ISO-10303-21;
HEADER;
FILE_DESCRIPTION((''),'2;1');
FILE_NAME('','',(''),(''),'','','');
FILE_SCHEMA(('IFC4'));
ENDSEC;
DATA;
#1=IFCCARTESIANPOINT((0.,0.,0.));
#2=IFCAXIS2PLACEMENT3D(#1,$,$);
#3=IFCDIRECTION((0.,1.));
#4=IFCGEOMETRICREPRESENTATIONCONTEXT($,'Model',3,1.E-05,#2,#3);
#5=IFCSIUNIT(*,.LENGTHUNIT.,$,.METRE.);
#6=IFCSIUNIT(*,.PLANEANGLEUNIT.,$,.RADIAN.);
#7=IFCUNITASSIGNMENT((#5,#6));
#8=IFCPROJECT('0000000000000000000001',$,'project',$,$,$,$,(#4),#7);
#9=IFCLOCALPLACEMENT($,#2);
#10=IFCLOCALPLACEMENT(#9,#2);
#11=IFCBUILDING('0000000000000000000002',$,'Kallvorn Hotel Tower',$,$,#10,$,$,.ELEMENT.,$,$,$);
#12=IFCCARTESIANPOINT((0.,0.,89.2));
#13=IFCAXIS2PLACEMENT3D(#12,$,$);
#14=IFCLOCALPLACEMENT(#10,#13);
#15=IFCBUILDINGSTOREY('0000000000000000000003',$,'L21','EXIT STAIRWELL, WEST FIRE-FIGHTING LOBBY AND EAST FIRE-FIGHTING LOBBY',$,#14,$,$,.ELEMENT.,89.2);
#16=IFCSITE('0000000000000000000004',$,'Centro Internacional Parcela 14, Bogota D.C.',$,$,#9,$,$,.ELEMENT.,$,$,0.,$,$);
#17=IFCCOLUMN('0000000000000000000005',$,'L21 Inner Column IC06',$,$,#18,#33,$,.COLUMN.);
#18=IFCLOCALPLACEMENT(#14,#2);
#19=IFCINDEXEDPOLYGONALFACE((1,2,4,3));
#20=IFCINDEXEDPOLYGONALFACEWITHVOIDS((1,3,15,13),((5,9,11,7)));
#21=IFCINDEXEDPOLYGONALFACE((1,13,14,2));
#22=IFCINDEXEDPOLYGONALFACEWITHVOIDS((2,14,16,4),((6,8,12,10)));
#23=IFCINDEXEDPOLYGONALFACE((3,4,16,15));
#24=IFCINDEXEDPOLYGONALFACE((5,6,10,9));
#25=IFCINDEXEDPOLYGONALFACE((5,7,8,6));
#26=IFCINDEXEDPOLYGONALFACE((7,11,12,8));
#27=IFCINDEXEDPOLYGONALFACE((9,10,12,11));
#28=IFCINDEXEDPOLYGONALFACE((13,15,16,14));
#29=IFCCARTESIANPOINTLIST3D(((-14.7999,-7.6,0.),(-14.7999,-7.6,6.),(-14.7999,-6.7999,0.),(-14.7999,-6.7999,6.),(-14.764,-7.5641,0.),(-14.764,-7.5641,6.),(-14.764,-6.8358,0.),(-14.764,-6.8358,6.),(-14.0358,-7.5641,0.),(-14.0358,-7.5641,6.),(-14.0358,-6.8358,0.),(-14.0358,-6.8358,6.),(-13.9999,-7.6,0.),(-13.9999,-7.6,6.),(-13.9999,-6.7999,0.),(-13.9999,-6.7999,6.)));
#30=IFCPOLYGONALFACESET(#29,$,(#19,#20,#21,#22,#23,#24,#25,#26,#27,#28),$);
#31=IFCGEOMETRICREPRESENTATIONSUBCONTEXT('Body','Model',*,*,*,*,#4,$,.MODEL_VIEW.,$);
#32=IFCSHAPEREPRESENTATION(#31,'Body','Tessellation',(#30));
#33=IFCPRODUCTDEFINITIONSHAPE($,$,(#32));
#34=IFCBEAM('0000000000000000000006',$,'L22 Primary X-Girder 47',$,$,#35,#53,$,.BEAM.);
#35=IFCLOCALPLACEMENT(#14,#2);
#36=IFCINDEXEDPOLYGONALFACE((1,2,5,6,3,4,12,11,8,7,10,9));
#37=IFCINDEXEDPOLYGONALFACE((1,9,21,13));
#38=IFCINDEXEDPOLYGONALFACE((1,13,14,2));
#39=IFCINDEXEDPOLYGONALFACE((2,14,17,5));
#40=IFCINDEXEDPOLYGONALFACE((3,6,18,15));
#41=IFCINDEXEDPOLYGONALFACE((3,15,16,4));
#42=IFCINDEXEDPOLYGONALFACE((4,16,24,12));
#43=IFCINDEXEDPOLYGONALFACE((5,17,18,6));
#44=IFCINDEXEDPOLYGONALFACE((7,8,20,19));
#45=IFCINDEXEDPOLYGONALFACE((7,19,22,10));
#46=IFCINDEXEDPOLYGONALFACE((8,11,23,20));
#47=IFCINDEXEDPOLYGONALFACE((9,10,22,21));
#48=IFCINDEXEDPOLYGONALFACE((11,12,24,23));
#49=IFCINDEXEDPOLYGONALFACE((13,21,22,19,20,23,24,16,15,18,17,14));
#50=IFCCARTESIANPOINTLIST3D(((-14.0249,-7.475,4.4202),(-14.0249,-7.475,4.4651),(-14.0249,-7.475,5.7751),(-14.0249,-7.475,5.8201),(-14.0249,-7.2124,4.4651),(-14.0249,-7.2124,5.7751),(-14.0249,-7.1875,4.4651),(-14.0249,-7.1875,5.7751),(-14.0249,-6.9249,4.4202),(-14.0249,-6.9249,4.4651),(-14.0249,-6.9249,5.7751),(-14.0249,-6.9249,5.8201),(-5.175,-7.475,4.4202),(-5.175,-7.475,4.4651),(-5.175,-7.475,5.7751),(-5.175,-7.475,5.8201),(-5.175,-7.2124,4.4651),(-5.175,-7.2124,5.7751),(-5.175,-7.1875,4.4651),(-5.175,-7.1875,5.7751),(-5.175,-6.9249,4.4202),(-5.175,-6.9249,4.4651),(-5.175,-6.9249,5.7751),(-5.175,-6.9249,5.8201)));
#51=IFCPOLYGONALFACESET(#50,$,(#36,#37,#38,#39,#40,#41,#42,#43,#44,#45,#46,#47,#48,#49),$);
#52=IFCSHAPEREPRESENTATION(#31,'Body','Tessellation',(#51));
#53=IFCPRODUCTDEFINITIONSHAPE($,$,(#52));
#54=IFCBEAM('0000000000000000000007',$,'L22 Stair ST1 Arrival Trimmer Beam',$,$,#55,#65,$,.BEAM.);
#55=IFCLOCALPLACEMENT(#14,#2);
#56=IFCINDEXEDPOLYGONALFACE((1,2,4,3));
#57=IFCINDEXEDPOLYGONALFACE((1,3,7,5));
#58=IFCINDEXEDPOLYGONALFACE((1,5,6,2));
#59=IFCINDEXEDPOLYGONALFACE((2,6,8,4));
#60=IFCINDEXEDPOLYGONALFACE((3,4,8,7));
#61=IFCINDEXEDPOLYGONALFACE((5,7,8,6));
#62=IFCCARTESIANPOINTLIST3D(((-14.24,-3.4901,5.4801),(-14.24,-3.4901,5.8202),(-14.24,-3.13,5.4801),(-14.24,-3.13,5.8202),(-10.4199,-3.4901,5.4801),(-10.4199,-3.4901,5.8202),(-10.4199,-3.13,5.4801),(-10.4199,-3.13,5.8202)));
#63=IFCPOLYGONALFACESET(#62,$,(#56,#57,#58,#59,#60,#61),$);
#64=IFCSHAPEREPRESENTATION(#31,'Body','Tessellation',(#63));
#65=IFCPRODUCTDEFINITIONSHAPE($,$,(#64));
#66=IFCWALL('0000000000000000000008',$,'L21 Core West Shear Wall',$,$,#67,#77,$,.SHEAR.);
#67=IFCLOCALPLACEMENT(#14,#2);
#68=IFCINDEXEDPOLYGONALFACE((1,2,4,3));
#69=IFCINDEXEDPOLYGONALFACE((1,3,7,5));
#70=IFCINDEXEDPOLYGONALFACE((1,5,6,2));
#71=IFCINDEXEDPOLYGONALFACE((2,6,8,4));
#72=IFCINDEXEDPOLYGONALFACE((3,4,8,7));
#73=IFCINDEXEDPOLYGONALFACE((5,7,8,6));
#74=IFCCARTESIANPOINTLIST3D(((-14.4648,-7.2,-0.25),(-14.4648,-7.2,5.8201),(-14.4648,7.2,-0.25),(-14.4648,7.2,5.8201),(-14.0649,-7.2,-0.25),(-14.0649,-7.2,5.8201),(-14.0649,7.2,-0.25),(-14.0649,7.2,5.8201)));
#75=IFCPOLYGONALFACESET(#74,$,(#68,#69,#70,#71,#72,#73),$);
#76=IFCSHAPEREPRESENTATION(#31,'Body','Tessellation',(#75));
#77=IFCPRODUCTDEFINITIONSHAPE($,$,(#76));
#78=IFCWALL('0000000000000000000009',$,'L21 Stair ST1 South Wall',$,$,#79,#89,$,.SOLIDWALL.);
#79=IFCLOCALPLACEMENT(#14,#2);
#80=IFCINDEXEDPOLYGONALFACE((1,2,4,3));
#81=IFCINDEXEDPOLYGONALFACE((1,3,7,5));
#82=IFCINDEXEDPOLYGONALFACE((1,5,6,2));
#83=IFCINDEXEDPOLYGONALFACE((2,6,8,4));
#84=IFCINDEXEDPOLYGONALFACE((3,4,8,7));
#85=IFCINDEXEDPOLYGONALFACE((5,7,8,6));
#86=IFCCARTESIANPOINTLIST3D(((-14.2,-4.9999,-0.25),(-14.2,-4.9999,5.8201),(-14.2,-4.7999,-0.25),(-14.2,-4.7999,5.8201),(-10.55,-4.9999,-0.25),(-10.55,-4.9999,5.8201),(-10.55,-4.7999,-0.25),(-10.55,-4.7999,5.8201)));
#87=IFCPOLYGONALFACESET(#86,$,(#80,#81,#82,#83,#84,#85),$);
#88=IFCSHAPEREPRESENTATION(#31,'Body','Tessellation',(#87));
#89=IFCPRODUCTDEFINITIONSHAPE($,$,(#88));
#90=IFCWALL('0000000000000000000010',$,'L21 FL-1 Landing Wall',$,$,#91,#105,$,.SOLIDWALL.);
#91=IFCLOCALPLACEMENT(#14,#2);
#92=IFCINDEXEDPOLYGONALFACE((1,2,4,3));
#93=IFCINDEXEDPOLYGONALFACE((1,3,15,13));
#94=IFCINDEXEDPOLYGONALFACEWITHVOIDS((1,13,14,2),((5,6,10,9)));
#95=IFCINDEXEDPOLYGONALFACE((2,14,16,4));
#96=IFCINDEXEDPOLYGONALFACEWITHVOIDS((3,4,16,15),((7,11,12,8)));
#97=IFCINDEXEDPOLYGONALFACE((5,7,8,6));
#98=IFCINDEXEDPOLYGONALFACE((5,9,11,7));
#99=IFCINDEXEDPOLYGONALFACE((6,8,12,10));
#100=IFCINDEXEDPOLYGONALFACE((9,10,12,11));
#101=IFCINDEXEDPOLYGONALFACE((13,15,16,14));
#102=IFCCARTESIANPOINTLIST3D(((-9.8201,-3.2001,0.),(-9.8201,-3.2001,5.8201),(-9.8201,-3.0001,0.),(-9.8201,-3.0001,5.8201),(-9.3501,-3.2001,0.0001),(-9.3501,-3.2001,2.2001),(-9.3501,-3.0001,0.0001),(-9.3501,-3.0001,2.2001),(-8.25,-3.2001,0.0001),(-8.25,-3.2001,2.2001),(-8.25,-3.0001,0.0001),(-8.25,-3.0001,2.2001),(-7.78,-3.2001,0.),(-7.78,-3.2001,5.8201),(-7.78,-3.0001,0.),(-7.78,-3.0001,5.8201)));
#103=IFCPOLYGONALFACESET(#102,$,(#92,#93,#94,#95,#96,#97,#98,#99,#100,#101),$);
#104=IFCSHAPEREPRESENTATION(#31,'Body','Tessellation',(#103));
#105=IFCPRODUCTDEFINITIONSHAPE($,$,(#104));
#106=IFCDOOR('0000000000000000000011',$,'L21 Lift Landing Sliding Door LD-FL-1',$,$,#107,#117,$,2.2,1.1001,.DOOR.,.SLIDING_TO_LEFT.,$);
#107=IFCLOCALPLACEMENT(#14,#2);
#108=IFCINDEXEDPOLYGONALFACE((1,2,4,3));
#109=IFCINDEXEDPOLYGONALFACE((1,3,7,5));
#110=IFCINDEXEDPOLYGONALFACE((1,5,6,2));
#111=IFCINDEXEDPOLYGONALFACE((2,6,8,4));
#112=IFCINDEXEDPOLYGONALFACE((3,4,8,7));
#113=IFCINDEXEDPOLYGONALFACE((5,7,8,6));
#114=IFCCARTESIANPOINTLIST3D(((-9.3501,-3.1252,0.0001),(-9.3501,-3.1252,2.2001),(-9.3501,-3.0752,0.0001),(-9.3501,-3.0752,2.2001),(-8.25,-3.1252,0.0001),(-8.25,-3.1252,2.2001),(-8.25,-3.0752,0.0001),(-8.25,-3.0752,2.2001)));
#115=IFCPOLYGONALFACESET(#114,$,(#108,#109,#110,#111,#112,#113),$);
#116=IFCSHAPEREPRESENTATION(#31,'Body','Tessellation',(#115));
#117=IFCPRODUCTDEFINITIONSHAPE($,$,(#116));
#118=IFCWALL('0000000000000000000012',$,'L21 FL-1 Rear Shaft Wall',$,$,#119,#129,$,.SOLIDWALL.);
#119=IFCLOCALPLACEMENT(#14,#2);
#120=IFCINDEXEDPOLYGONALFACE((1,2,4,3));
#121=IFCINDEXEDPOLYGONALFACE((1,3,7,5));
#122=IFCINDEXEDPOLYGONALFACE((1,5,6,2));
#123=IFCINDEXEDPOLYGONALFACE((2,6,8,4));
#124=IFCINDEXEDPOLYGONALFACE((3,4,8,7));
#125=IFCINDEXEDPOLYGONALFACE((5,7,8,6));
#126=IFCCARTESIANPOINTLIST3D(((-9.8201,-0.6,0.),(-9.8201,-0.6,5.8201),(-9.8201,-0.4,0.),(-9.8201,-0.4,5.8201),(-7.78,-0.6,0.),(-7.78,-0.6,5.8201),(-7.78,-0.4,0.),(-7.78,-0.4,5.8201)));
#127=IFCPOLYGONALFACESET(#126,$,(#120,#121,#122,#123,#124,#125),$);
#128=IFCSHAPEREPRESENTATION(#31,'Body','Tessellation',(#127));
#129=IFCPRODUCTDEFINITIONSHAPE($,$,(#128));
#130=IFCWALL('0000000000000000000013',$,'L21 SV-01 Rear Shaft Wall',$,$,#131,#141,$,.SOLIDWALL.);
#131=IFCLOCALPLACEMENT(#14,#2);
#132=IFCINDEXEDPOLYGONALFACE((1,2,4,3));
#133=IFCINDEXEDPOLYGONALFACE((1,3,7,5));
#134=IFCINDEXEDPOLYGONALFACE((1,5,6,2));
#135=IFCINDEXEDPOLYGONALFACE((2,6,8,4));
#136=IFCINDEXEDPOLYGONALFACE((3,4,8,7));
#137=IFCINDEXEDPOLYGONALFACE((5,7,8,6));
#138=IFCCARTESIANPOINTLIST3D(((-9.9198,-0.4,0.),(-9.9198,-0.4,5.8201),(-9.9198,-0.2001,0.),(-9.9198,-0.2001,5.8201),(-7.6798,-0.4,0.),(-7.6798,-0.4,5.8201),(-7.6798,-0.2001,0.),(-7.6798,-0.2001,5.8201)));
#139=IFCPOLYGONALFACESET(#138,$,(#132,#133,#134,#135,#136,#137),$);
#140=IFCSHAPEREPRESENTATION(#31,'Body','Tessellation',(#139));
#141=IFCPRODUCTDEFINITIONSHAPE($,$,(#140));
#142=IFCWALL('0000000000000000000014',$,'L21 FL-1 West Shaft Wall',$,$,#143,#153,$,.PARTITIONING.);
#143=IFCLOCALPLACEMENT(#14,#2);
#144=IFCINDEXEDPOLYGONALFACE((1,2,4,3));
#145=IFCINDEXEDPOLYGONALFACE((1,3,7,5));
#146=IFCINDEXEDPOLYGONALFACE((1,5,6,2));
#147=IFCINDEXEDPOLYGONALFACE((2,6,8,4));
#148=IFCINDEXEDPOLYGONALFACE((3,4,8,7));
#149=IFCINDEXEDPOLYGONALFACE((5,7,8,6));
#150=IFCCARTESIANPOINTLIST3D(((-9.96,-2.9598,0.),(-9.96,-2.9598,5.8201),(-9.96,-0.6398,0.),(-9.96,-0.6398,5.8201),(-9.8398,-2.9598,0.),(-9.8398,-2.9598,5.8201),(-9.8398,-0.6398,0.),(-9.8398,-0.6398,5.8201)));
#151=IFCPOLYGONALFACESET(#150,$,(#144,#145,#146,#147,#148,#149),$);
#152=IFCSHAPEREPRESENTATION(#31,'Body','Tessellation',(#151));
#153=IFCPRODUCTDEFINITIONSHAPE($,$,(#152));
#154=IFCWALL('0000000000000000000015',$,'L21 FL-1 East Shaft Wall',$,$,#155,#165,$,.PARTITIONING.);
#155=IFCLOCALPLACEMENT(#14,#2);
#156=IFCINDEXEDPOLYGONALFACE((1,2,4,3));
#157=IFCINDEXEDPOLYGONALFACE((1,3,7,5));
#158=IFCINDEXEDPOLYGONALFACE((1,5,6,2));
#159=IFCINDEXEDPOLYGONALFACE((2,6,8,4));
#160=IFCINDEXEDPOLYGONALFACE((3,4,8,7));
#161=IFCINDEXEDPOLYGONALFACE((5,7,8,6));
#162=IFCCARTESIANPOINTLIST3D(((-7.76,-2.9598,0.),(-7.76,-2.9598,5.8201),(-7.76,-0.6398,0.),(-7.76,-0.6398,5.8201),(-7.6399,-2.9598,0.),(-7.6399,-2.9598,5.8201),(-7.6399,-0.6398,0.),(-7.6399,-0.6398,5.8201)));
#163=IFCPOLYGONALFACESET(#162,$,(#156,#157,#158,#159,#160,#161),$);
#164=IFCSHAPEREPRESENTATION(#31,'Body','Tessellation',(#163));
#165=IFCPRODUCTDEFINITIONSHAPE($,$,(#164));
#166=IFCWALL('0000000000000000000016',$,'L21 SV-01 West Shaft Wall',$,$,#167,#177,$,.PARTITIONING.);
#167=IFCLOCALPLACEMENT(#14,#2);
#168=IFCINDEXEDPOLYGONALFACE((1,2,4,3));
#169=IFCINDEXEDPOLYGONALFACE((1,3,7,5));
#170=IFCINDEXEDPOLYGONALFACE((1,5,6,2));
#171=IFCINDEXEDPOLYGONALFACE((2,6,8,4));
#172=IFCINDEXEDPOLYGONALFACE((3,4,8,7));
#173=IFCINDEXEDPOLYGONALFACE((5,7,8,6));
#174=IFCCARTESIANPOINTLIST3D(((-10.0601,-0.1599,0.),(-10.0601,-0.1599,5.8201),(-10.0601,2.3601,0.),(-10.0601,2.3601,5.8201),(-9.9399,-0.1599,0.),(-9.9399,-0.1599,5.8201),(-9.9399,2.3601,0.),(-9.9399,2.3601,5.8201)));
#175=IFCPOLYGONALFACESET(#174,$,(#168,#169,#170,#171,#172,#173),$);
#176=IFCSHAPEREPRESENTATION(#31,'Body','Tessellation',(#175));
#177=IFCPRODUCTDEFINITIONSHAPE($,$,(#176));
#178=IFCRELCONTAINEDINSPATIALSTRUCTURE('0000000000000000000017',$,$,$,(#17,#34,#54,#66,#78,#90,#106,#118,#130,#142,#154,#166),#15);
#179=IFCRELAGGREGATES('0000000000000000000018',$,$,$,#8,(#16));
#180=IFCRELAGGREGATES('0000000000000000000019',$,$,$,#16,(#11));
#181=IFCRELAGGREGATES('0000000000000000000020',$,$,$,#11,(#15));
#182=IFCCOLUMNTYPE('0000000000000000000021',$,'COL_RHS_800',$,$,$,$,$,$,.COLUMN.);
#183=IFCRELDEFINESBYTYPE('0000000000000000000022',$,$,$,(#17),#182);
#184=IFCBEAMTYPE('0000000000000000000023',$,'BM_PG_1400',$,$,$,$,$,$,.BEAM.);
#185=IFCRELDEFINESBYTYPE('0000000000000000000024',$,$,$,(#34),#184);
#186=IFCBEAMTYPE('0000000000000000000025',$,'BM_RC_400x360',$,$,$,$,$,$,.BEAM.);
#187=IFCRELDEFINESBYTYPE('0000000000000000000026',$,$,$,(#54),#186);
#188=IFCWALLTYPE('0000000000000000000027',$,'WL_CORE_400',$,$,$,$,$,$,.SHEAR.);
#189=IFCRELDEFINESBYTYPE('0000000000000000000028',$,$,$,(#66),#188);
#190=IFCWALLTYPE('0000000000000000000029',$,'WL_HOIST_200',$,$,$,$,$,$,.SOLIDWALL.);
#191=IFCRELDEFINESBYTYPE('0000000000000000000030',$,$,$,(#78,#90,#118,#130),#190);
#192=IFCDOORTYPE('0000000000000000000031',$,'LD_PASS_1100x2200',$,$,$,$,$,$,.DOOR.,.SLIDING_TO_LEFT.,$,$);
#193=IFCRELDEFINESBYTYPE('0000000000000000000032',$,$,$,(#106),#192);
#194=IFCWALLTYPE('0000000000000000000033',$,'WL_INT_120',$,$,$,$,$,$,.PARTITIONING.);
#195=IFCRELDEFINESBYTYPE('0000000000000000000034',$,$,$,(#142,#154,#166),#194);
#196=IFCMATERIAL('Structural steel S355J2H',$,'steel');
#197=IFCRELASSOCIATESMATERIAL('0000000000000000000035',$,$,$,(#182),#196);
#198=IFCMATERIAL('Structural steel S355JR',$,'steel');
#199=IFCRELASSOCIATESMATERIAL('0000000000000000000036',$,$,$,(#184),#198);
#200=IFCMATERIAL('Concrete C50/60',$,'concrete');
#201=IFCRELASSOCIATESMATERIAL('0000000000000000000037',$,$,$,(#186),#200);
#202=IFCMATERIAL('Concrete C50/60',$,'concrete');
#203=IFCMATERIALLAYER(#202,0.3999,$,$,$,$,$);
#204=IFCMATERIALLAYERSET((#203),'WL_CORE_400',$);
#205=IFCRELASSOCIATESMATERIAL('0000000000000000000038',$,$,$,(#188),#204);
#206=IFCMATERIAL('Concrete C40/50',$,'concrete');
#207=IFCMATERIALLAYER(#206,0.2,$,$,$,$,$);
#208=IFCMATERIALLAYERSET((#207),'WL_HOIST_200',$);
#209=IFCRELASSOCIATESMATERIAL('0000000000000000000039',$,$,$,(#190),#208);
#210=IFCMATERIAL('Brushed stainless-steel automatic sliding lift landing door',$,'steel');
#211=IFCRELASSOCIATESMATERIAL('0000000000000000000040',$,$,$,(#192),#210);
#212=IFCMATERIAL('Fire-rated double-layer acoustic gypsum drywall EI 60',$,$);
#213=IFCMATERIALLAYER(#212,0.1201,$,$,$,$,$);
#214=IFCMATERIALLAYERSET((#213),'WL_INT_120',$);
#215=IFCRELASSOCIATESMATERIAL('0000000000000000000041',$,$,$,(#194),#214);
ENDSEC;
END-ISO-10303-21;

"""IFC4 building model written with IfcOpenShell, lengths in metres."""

from ifc_helpers import new_model, si_unit, direction, frame, frame_2d, origin, origin_2d, place, context, subcontext, project, spatial, rectangle, hollow_rectangle, i_section, extrude, material, layer, layer_set, material_profile, profile_set, type_object, element, fill, save


model = new_model("IFC4")

# Units and contexts
model_context = context("Model", 3, precision=1e-05, world=origin(), true_north=direction((0.0, 1.0)))
body_context = subcontext(model_context, "Body", "Model", "MODEL_VIEW")
ifc_project = project(units=[si_unit("LENGTHUNIT", "METRE"), si_unit("PLANEANGLEUNIT", "RADIAN")], contexts=[model_context])

# Site, building, storey
site_placement = place(None, origin())
site = spatial("IfcSite", under=ifc_project, at=site_placement, Name="Centro Internacional Parcela 14, Bogota D.C.", CompositionType="ELEMENT", RefElevation=0.0)
building_placement = place(site_placement, origin())
building = spatial("IfcBuilding", under=site, at=building_placement, Name="Kallvorn Hotel Tower", CompositionType="ELEMENT")
storey_placement = place(building_placement, frame((0.0, 0.0, 89.2)))
storey = spatial("IfcBuildingStorey", under=building, at=storey_placement, Name="L21", Description="EXIT STAIRWELL, WEST FIRE-FIGHTING LOBBY AND EAST FIRE-FIGHTING LOBBY", CompositionType="ELEMENT", Elevation=89.2)

# Column
ifc_material_1 = material(Name="Structural steel S355J2H", Category="steel")
ifc_material_profile_1 = material_profile(ifc_material_1, hollow_rectangle(XDim=0.8, YDim=0.8, WallThickness=0.0359, at=origin_2d()), Name="RHS 800x800x36")
ifc_profile_set_1 = profile_set([ifc_material_profile_1], Name="Structural steel S355J2H")
column_type = type_object("IfcColumnType", Name="COL_RHS_800", PredefinedType="COLUMN", material=ifc_profile_set_1)
column_placement = place(storey_placement, frame((-14.3999, -7.2, 0.0), z_axis=(0.0, 0.0, 1.0), x_axis=(1.0, 0.0, 0.0)))
element("IfcColumn", 1, at=column_placement, inside=storey, type_object=column_type, Name="L21 Inner Column IC06", PredefinedType="COLUMN", context=body_context, shape_type="SweptSolid", body=[
    extrude(hollow_rectangle(XDim=0.8, YDim=0.8, WallThickness=0.0359, at=origin_2d()), origin(), (0.0, 0.0, 1.0), 6.0),
])

# Beams
ifc_material_2 = material(Name="Structural steel S355JR", Category="steel")
ifc_material_profile_2 = material_profile(ifc_material_2, i_section(OverallWidth=0.55, OverallDepth=1.3999, WebThickness=0.0249, FlangeThickness=0.0449, at=origin_2d()), Name="PG 1400x550x25x45")
ifc_profile_set_2 = profile_set([ifc_material_profile_2], Name="Structural steel S355JR")
beam_type_1 = type_object("IfcBeamType", Name="BM_PG_1400", PredefinedType="BEAM", material=ifc_profile_set_2)
beam_1_placement = place(storey_placement, frame((-14.0249, -7.2, 5.1201), z_axis=(1.0, 0.0, 0.0), x_axis=(0.0, 1.0, 0.0)))
element("IfcBeam", 2, at=beam_1_placement, inside=storey, type_object=beam_type_1, Name="L22 Primary X-Girder 47", PredefinedType="BEAM", context=body_context, shape_type="SweptSolid", body=[
    extrude(i_section(OverallWidth=0.55, OverallDepth=1.3999, WebThickness=0.0249, FlangeThickness=0.0449, at=origin_2d()), origin(), (0.0, 0.0, 1.0), 8.8499),
])
ifc_material_3 = material(Name="Concrete C50/60", Category="concrete")
ifc_material_profile_3 = material_profile(ifc_material_3, rectangle(XDim=0.3601, YDim=0.3401, at=origin_2d()), Name="RC 360x340")
ifc_profile_set_3 = profile_set([ifc_material_profile_3], Name="Concrete C50/60")
beam_type_2 = type_object("IfcBeamType", Name="BM_RC_400x360", PredefinedType="BEAM", material=ifc_profile_set_3)
beam_2_placement = place(storey_placement, frame((-10.4199, -3.3101, 5.6501), z_axis=(-1.0, 0.0, 0.0), x_axis=(0.0, -1.0, 0.0)))
element("IfcBeam", 3, at=beam_2_placement, inside=storey, type_object=beam_type_2, Name="L22 Stair ST1 Arrival Trimmer Beam", PredefinedType="BEAM", context=body_context, shape_type="SweptSolid", body=[
    extrude(rectangle(XDim=0.3601, YDim=0.3401, at=origin_2d()), origin(), (0.0, 0.0, 1.0), 3.8201),
])

# Walls
ifc_material_4 = material(Name="Concrete C50/60", Category="concrete")
ifc_layer_1 = layer(ifc_material_4, 0.3999)
ifc_layer_set_1 = layer_set([ifc_layer_1], Name="WL_CORE_400")
wall_type_1 = type_object("IfcWallType", Name="WL_CORE_400", PredefinedType="SHEAR", material=ifc_layer_set_1)
wall_1_placement = place(storey_placement, frame((-14.2649, -7.2, -0.25), z_axis=(0.0, 0.0, 1.0), x_axis=(0.0, 1.0, 0.0)))
element("IfcWall", 4, at=wall_1_placement, inside=storey, type_object=wall_type_1, Name="L21 Core West Shear Wall", PredefinedType="SHEAR", context=body_context, shape_type="SweptSolid", body=[
    extrude(rectangle(XDim=14.3999, YDim=0.3999, at=frame_2d((7.2, 0.0))), origin(), (0.0, 0.0, 1.0), 6.0701),
])
ifc_material_5 = material(Name="Concrete C40/50", Category="concrete")
ifc_layer_2 = layer(ifc_material_5, 0.2)
ifc_layer_set_2 = layer_set([ifc_layer_2], Name="WL_HOIST_200")
wall_type_2 = type_object("IfcWallType", Name="WL_HOIST_200", PredefinedType="SOLIDWALL", material=ifc_layer_set_2)
wall_2_placement = place(storey_placement, frame((-14.2, -4.8999, -0.25), z_axis=(0.0, 0.0, 1.0), x_axis=(1.0, 0.0, 0.0)))
element("IfcWall", 5, at=wall_2_placement, inside=storey, type_object=wall_type_2, Name="L21 Stair ST1 South Wall", PredefinedType="SOLIDWALL", context=body_context, shape_type="SweptSolid", body=[
    extrude(rectangle(XDim=3.6499, YDim=0.2, at=frame_2d((1.825, 0.0))), origin(), (0.0, 0.0, 1.0), 6.0701),
])

# Wall, opening, door
wall_3_placement = place(storey_placement, frame((-9.8201, -3.1001, 0.0), z_axis=(0.0, 0.0, 1.0), x_axis=(1.0, 0.0, 0.0)))
wall_3 = element("IfcWall", 6, at=wall_3_placement, inside=storey, type_object=wall_type_2, Name="L21 FL-1 Landing Wall", PredefinedType="SOLIDWALL", context=body_context, shape_type="SweptSolid", body=[
    extrude(rectangle(XDim=2.04, YDim=0.2, at=frame_2d((1.02, 0.0))), origin(), (0.0, 0.0, 1.0), 5.8201),
])
opening_1_placement = place(wall_3_placement, frame((0.47, 0.0, 0.0)))
opening_1 = element("IfcOpeningElement", 7, at=opening_1_placement, cuts=wall_3, PredefinedType="OPENING", context=body_context, shape_type="SweptSolid", body=[
    extrude(rectangle(XDim=1.1001, YDim=2.2, at=frame_2d((0.55, 1.1001))), frame((0.0, 0.115, 0.0), z_axis=(0.0, -1.0, 0.0), x_axis=(1.0, 0.0, 0.0)), (0.0, 0.0, 1.0), 0.23),
])
ifc_material_6 = material(Name="Brushed stainless-steel automatic sliding lift landing door", Category="steel")
door_type_1 = type_object("IfcDoorType", Name="LD_PASS_1100x2200", OperationType="SLIDING_TO_LEFT", PredefinedType="DOOR", material=ifc_material_6)
door_1_placement = place(opening_1_placement, origin())
door_1 = element("IfcDoor", 8, at=door_1_placement, inside=storey, type_object=door_type_1, Name="L21 Lift Landing Sliding Door LD-FL-1", OperationType="SLIDING_TO_LEFT", OverallHeight=2.2, OverallWidth=1.1001, PredefinedType="DOOR", context=body_context, shape_type="SweptSolid", body=[
    extrude(rectangle(XDim=1.1001, YDim=2.2, at=frame_2d((0.55, 1.1001))), frame((0.0, 0.0249, 0.0), z_axis=(0.0, -1.0, 0.0), x_axis=(1.0, 0.0, 0.0)), (0.0, 0.0, 1.0), 0.05),
])
fill(opening_1, door_1)

# Walls
wall_4_placement = place(storey_placement, frame((-9.8201, -0.5, 0.0), z_axis=(0.0, 0.0, 1.0), x_axis=(1.0, 0.0, 0.0)))
element("IfcWall", 9, at=wall_4_placement, inside=storey, type_object=wall_type_2, Name="L21 FL-1 Rear Shaft Wall", PredefinedType="SOLIDWALL", context=body_context, shape_type="SweptSolid", body=[
    extrude(rectangle(XDim=2.04, YDim=0.2, at=frame_2d((1.02, 0.0))), origin(), (0.0, 0.0, 1.0), 5.8201),
])
wall_5_placement = place(storey_placement, frame((-9.9199, -0.3, 0.0), z_axis=(0.0, 0.0, 1.0), x_axis=(1.0, 0.0, 0.0)))
element("IfcWall", 10, at=wall_5_placement, inside=storey, type_object=wall_type_2, Name="L21 SV-01 Rear Shaft Wall", PredefinedType="SOLIDWALL", context=body_context, shape_type="SweptSolid", body=[
    extrude(rectangle(XDim=2.24, YDim=0.2, at=frame_2d((1.1201, 0.0))), origin(), (0.0, 0.0, 1.0), 5.8201),
])
ifc_material_7 = material(Name="Fire-rated double-layer acoustic gypsum drywall EI 60")
ifc_layer_3 = layer(ifc_material_7, 0.1201)
ifc_layer_set_3 = layer_set([ifc_layer_3], Name="WL_INT_120")
wall_type_3 = type_object("IfcWallType", Name="WL_INT_120", PredefinedType="PARTITIONING", material=ifc_layer_set_3)
for number, where, z_axis, x_axis, name in (
    (11, (-9.8999, -2.96, 0.0), (0.0, 0.0, 1.0), (0.0, 1.0, 0.0), "L21 FL-1 West Shaft Wall"),
    (12, (-7.7, -2.96, 0.0), (0.0, 0.0, 1.0), (0.0, 1.0, 0.0), "L21 FL-1 East Shaft Wall"),
):
    element("IfcWall", number, at=place(storey_placement, frame(where, z_axis=z_axis, x_axis=x_axis)), inside=storey, type_object=wall_type_3, Name=name, PredefinedType="PARTITIONING", context=body_context, shape_type="SweptSolid", body=[
        extrude(rectangle(XDim=2.3201, YDim=0.1201, at=frame_2d((1.1602, 0.0))), origin(), (0.0, 0.0, 1.0), 5.8201),
    ])
for number, where, z_axis, x_axis, name in (
    (13, (-10.0, -0.1599, 0.0), (0.0, 0.0, 1.0), (0.0, 1.0, 0.0), "L21 SV-01 West Shaft Wall"),
):
    element("IfcWall", number, at=place(storey_placement, frame(where, z_axis=z_axis, x_axis=x_axis)), inside=storey, type_object=wall_type_3, Name=name, PredefinedType="PARTITIONING", context=body_context, shape_type="SweptSolid", body=[
        extrude(rectangle(XDim=2.52, YDim=0.1201, at=frame_2d((1.26, 0.0))), origin(), (0.0, 0.0, 1.0), 5.8201),
    ])

save(model, "model.ifc")
